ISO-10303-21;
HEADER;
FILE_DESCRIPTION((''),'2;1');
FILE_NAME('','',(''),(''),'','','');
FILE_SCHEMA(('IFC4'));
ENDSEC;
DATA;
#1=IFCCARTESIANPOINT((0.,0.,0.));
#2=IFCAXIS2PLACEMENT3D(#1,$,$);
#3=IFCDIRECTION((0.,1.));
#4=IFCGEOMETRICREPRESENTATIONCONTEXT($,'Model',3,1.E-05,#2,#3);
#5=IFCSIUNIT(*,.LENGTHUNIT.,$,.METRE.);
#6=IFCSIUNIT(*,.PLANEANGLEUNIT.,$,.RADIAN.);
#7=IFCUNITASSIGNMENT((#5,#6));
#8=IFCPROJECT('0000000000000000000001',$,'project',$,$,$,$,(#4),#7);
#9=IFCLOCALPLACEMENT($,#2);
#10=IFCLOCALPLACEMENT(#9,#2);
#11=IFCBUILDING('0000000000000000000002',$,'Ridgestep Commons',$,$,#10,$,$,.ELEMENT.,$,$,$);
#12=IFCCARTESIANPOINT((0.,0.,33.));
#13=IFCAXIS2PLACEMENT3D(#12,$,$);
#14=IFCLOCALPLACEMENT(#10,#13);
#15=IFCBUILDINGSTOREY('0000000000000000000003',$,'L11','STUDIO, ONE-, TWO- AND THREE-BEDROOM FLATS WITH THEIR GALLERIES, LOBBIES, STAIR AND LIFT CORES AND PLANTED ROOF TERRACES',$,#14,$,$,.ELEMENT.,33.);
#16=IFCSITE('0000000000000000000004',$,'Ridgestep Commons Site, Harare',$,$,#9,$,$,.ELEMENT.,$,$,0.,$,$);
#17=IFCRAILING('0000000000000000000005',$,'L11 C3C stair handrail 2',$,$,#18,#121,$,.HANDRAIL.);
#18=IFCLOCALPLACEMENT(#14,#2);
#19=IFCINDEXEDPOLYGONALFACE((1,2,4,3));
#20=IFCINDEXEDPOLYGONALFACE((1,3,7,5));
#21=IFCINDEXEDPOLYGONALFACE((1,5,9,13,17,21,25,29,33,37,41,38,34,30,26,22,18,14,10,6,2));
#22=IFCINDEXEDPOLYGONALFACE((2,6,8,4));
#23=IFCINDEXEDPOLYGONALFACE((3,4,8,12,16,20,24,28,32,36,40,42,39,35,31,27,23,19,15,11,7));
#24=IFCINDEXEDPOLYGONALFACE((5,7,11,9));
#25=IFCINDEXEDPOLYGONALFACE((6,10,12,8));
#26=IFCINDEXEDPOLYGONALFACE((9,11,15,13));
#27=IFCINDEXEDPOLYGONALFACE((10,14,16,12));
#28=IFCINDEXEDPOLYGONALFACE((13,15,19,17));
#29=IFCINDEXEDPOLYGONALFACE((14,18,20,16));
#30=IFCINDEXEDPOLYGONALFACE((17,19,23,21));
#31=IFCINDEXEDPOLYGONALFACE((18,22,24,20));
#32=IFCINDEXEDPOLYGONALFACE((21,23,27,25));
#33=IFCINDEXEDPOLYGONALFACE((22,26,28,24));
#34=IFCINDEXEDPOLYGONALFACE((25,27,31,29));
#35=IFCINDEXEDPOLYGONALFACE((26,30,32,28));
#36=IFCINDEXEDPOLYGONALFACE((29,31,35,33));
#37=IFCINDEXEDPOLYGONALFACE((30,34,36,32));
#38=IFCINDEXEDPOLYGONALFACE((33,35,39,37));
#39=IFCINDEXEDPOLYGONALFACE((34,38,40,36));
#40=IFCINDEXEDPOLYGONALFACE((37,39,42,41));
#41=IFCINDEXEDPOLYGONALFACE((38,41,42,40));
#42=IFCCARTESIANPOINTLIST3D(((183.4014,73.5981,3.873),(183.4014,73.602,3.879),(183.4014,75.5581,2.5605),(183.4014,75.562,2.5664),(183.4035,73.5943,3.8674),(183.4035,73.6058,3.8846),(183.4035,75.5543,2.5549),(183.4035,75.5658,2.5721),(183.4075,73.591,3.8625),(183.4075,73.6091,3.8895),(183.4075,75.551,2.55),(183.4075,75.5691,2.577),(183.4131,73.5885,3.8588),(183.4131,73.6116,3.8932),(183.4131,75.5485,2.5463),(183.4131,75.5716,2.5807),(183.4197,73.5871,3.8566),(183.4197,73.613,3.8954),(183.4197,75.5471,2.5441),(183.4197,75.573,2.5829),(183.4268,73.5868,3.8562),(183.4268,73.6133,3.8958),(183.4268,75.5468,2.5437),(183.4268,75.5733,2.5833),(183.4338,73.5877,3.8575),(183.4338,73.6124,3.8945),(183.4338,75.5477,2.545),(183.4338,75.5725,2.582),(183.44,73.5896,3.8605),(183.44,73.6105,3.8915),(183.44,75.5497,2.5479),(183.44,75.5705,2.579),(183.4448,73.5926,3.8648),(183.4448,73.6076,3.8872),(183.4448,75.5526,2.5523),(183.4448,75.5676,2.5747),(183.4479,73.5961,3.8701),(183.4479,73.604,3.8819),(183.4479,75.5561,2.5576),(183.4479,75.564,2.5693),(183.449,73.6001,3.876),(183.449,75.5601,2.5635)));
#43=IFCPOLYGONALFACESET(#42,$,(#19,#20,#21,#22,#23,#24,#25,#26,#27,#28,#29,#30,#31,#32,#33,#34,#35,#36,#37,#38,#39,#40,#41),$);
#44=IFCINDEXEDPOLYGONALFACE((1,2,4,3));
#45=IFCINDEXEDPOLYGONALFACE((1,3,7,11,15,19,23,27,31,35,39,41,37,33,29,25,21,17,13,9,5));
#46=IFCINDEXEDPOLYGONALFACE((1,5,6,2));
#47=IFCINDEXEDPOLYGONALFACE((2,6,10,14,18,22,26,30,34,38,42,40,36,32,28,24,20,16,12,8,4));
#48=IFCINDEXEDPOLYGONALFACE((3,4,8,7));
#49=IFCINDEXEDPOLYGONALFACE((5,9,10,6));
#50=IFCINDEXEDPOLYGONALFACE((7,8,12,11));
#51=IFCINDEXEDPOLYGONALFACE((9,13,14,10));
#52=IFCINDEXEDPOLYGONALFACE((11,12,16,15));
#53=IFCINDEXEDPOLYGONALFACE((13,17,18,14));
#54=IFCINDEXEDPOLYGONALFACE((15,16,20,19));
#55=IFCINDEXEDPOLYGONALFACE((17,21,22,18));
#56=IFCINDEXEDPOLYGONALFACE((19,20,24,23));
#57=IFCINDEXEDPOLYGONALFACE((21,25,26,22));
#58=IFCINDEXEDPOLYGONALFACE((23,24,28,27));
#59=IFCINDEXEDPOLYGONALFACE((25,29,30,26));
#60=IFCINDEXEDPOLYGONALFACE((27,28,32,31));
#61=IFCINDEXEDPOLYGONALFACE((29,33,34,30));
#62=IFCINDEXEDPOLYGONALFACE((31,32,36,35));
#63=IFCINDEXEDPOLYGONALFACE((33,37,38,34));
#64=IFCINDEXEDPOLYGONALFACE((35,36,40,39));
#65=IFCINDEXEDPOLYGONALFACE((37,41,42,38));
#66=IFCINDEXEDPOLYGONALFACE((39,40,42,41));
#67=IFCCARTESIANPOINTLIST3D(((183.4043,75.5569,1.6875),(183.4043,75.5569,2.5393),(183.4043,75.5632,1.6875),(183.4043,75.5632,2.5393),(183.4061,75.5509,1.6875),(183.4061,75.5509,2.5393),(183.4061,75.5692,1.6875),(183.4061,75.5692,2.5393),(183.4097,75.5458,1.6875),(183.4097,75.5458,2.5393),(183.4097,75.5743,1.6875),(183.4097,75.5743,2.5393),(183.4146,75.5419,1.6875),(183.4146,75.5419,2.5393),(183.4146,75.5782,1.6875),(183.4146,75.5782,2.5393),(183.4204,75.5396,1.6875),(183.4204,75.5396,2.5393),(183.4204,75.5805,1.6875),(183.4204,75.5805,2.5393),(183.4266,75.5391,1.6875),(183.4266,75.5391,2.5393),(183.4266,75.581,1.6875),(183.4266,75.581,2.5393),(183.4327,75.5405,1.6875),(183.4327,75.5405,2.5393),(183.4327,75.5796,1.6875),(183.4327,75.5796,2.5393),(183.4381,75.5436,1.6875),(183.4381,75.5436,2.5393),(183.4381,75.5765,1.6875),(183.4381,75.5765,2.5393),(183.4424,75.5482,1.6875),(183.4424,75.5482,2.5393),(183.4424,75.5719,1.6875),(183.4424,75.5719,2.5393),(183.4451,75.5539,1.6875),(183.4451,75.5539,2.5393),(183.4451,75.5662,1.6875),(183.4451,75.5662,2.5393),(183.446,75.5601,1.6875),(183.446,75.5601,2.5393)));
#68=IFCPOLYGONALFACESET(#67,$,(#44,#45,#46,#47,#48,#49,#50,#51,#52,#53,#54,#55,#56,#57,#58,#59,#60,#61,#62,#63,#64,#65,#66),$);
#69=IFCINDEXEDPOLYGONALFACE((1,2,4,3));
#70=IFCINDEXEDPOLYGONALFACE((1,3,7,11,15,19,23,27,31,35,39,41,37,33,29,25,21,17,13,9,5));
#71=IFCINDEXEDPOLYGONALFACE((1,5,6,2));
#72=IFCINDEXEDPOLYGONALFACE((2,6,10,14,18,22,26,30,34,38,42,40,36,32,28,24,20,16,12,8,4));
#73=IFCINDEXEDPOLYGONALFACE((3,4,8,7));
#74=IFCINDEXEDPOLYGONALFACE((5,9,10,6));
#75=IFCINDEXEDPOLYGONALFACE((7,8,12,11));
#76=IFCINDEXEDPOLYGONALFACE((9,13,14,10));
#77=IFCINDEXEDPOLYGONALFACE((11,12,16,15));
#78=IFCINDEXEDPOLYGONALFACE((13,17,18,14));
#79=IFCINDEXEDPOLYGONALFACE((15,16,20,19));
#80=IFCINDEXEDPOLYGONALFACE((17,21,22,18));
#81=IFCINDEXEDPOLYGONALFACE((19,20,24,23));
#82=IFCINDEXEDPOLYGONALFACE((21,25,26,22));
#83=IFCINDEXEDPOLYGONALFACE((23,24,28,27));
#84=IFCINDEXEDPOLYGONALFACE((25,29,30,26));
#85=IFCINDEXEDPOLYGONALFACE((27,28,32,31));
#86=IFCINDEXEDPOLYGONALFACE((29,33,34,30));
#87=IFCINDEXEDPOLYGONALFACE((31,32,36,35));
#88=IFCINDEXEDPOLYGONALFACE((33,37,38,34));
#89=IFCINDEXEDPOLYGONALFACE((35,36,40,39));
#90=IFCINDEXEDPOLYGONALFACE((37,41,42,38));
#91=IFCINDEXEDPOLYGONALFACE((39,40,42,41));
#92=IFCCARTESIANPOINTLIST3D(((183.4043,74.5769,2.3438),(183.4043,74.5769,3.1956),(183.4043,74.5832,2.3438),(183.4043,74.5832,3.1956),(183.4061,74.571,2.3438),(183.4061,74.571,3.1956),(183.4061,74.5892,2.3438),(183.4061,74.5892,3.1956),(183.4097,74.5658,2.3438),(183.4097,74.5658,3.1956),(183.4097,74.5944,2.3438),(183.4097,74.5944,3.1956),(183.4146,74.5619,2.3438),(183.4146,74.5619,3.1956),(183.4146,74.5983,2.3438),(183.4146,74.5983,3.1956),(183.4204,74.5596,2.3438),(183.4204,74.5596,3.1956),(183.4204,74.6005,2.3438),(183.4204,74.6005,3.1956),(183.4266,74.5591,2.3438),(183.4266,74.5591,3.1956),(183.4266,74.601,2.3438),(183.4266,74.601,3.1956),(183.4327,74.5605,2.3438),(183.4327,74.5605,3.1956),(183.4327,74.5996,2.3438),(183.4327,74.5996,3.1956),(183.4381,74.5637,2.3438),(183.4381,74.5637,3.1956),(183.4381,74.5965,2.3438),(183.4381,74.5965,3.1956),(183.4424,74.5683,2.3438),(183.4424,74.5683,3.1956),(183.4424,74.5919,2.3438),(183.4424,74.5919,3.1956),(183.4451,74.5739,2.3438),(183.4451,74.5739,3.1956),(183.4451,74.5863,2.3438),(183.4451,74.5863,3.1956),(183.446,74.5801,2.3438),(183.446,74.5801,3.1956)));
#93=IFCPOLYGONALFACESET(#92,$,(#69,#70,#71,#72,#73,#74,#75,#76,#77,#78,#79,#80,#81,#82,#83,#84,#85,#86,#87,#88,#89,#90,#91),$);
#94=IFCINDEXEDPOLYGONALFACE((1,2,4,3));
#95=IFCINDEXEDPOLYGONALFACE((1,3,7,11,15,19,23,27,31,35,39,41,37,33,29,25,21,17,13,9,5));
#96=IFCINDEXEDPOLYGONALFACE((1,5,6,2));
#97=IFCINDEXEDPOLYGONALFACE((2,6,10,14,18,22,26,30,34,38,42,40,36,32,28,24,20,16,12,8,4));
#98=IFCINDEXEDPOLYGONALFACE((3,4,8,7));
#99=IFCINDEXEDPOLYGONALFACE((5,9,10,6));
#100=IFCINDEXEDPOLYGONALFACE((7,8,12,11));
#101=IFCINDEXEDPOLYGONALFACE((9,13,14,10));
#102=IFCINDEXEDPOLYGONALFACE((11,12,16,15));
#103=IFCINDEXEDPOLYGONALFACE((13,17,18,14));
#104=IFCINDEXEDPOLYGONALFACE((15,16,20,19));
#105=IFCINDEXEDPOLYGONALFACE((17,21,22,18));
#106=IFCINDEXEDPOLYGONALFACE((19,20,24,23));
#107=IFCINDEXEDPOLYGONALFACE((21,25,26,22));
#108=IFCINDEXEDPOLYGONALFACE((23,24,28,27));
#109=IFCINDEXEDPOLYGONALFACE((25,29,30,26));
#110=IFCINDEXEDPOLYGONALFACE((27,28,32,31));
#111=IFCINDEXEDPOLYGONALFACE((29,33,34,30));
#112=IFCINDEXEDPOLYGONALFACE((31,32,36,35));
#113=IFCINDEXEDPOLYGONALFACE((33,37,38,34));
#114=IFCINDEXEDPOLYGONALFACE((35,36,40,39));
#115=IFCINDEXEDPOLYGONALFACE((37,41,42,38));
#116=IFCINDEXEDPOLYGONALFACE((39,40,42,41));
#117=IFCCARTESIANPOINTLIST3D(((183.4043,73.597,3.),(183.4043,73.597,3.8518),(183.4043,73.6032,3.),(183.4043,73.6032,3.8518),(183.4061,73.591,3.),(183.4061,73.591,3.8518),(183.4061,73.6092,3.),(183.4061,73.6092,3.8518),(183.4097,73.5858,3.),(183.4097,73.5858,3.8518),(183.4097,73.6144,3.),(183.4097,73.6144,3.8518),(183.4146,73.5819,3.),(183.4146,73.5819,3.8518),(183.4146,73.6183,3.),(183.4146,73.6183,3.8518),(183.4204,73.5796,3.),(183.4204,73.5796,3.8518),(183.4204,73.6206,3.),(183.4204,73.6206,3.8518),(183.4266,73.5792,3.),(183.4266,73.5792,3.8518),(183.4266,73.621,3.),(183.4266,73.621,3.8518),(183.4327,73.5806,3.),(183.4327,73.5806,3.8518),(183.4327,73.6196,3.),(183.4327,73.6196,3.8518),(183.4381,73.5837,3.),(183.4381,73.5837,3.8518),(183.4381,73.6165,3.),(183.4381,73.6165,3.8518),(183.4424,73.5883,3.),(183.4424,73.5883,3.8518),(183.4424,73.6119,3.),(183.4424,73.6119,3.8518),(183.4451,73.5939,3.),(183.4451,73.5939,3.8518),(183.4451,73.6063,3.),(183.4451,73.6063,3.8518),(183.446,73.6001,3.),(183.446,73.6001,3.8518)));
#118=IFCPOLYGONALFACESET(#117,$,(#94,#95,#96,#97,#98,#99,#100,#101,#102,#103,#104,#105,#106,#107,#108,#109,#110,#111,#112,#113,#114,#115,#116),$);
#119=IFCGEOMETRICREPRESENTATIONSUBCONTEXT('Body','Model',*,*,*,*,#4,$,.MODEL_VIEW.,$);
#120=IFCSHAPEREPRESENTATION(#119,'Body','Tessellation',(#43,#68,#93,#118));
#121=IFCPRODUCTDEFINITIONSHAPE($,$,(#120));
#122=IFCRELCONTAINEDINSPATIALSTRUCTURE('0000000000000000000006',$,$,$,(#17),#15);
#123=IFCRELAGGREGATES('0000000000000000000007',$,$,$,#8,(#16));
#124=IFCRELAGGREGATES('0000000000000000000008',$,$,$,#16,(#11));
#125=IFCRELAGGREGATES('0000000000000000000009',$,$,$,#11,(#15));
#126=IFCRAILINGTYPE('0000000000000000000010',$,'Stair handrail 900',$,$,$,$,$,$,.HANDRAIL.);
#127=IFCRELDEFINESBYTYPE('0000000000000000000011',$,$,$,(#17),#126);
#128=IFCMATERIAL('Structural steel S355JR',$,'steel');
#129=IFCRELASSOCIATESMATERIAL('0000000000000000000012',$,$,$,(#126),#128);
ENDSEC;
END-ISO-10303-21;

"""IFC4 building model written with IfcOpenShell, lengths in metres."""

from ifc_helpers import new_model, si_unit, direction, frame, origin, origin_2d, place, context, subcontext, project, spatial, circle, extrude, material, type_object, element, save


model = new_model("IFC4")

# Units and contexts
model_context = context("Model", 3, precision=1e-05, world=origin(), true_north=direction((0.0, 1.0)))
body_context = subcontext(model_context, "Body", "Model", "MODEL_VIEW")
ifc_project = project(units=[si_unit("LENGTHUNIT", "METRE"), si_unit("PLANEANGLEUNIT", "RADIAN")], contexts=[model_context])

# Site, building, storey
site_placement = place(None, origin())
site = spatial("IfcSite", under=ifc_project, at=site_placement, Name="Ridgestep Commons Site, Harare", CompositionType="ELEMENT", RefElevation=0.0)
building_placement = place(site_placement, origin())
building = spatial("IfcBuilding", under=site, at=building_placement, Name="Ridgestep Commons", CompositionType="ELEMENT")
storey_placement = place(building_placement, frame((0.0, 0.0, 33.0)))
storey = spatial("IfcBuildingStorey", under=building, at=storey_placement, Name="L11", Description="STUDIO, ONE-, TWO- AND THREE-BEDROOM FLATS WITH THEIR GALLERIES, LOBBIES, STAIR AND LIFT CORES AND PLANTED ROOF TERRACES", CompositionType="ELEMENT", Elevation=33.0)

# Railing
ifc_material_1 = material(Name="Structural steel S355JR", Category="steel")
railing_type_1 = type_object("IfcRailingType", Name="Stair handrail 900", PredefinedType="HANDRAIL", material=ifc_material_1)
railing_1_placement = place(storey_placement, frame((183.425, 75.5601, 1.6875)))
element("IfcRailing", 1, at=railing_1_placement, inside=storey, type_object=railing_type_1, Name="L11 C3C stair handrail 2", PredefinedType="HANDRAIL", context=body_context, shape_type="SweptSolid", body=[
    extrude(circle(Radius=0.0239, at=origin_2d()), frame((0.0, 0.0, 0.876), z_axis=(0.0, -0.830902, 0.556419), x_axis=(1.0, 0.0, 0.0)), (0.0, 0.0, 1.0), 2.3589),
    extrude(circle(Radius=0.021, at=origin_2d()), origin(), (0.0, 0.0, 1.0), 0.8518),
    extrude(circle(Radius=0.021, at=origin_2d()), frame((0.0, -0.98, 0.6562)), (0.0, 0.0, 1.0), 0.8518),
    extrude(circle(Radius=0.021, at=origin_2d()), frame((0.0, -1.96, 1.3125)), (0.0, 0.0, 1.0), 0.8518),
])

save(model, "model.ifc")
